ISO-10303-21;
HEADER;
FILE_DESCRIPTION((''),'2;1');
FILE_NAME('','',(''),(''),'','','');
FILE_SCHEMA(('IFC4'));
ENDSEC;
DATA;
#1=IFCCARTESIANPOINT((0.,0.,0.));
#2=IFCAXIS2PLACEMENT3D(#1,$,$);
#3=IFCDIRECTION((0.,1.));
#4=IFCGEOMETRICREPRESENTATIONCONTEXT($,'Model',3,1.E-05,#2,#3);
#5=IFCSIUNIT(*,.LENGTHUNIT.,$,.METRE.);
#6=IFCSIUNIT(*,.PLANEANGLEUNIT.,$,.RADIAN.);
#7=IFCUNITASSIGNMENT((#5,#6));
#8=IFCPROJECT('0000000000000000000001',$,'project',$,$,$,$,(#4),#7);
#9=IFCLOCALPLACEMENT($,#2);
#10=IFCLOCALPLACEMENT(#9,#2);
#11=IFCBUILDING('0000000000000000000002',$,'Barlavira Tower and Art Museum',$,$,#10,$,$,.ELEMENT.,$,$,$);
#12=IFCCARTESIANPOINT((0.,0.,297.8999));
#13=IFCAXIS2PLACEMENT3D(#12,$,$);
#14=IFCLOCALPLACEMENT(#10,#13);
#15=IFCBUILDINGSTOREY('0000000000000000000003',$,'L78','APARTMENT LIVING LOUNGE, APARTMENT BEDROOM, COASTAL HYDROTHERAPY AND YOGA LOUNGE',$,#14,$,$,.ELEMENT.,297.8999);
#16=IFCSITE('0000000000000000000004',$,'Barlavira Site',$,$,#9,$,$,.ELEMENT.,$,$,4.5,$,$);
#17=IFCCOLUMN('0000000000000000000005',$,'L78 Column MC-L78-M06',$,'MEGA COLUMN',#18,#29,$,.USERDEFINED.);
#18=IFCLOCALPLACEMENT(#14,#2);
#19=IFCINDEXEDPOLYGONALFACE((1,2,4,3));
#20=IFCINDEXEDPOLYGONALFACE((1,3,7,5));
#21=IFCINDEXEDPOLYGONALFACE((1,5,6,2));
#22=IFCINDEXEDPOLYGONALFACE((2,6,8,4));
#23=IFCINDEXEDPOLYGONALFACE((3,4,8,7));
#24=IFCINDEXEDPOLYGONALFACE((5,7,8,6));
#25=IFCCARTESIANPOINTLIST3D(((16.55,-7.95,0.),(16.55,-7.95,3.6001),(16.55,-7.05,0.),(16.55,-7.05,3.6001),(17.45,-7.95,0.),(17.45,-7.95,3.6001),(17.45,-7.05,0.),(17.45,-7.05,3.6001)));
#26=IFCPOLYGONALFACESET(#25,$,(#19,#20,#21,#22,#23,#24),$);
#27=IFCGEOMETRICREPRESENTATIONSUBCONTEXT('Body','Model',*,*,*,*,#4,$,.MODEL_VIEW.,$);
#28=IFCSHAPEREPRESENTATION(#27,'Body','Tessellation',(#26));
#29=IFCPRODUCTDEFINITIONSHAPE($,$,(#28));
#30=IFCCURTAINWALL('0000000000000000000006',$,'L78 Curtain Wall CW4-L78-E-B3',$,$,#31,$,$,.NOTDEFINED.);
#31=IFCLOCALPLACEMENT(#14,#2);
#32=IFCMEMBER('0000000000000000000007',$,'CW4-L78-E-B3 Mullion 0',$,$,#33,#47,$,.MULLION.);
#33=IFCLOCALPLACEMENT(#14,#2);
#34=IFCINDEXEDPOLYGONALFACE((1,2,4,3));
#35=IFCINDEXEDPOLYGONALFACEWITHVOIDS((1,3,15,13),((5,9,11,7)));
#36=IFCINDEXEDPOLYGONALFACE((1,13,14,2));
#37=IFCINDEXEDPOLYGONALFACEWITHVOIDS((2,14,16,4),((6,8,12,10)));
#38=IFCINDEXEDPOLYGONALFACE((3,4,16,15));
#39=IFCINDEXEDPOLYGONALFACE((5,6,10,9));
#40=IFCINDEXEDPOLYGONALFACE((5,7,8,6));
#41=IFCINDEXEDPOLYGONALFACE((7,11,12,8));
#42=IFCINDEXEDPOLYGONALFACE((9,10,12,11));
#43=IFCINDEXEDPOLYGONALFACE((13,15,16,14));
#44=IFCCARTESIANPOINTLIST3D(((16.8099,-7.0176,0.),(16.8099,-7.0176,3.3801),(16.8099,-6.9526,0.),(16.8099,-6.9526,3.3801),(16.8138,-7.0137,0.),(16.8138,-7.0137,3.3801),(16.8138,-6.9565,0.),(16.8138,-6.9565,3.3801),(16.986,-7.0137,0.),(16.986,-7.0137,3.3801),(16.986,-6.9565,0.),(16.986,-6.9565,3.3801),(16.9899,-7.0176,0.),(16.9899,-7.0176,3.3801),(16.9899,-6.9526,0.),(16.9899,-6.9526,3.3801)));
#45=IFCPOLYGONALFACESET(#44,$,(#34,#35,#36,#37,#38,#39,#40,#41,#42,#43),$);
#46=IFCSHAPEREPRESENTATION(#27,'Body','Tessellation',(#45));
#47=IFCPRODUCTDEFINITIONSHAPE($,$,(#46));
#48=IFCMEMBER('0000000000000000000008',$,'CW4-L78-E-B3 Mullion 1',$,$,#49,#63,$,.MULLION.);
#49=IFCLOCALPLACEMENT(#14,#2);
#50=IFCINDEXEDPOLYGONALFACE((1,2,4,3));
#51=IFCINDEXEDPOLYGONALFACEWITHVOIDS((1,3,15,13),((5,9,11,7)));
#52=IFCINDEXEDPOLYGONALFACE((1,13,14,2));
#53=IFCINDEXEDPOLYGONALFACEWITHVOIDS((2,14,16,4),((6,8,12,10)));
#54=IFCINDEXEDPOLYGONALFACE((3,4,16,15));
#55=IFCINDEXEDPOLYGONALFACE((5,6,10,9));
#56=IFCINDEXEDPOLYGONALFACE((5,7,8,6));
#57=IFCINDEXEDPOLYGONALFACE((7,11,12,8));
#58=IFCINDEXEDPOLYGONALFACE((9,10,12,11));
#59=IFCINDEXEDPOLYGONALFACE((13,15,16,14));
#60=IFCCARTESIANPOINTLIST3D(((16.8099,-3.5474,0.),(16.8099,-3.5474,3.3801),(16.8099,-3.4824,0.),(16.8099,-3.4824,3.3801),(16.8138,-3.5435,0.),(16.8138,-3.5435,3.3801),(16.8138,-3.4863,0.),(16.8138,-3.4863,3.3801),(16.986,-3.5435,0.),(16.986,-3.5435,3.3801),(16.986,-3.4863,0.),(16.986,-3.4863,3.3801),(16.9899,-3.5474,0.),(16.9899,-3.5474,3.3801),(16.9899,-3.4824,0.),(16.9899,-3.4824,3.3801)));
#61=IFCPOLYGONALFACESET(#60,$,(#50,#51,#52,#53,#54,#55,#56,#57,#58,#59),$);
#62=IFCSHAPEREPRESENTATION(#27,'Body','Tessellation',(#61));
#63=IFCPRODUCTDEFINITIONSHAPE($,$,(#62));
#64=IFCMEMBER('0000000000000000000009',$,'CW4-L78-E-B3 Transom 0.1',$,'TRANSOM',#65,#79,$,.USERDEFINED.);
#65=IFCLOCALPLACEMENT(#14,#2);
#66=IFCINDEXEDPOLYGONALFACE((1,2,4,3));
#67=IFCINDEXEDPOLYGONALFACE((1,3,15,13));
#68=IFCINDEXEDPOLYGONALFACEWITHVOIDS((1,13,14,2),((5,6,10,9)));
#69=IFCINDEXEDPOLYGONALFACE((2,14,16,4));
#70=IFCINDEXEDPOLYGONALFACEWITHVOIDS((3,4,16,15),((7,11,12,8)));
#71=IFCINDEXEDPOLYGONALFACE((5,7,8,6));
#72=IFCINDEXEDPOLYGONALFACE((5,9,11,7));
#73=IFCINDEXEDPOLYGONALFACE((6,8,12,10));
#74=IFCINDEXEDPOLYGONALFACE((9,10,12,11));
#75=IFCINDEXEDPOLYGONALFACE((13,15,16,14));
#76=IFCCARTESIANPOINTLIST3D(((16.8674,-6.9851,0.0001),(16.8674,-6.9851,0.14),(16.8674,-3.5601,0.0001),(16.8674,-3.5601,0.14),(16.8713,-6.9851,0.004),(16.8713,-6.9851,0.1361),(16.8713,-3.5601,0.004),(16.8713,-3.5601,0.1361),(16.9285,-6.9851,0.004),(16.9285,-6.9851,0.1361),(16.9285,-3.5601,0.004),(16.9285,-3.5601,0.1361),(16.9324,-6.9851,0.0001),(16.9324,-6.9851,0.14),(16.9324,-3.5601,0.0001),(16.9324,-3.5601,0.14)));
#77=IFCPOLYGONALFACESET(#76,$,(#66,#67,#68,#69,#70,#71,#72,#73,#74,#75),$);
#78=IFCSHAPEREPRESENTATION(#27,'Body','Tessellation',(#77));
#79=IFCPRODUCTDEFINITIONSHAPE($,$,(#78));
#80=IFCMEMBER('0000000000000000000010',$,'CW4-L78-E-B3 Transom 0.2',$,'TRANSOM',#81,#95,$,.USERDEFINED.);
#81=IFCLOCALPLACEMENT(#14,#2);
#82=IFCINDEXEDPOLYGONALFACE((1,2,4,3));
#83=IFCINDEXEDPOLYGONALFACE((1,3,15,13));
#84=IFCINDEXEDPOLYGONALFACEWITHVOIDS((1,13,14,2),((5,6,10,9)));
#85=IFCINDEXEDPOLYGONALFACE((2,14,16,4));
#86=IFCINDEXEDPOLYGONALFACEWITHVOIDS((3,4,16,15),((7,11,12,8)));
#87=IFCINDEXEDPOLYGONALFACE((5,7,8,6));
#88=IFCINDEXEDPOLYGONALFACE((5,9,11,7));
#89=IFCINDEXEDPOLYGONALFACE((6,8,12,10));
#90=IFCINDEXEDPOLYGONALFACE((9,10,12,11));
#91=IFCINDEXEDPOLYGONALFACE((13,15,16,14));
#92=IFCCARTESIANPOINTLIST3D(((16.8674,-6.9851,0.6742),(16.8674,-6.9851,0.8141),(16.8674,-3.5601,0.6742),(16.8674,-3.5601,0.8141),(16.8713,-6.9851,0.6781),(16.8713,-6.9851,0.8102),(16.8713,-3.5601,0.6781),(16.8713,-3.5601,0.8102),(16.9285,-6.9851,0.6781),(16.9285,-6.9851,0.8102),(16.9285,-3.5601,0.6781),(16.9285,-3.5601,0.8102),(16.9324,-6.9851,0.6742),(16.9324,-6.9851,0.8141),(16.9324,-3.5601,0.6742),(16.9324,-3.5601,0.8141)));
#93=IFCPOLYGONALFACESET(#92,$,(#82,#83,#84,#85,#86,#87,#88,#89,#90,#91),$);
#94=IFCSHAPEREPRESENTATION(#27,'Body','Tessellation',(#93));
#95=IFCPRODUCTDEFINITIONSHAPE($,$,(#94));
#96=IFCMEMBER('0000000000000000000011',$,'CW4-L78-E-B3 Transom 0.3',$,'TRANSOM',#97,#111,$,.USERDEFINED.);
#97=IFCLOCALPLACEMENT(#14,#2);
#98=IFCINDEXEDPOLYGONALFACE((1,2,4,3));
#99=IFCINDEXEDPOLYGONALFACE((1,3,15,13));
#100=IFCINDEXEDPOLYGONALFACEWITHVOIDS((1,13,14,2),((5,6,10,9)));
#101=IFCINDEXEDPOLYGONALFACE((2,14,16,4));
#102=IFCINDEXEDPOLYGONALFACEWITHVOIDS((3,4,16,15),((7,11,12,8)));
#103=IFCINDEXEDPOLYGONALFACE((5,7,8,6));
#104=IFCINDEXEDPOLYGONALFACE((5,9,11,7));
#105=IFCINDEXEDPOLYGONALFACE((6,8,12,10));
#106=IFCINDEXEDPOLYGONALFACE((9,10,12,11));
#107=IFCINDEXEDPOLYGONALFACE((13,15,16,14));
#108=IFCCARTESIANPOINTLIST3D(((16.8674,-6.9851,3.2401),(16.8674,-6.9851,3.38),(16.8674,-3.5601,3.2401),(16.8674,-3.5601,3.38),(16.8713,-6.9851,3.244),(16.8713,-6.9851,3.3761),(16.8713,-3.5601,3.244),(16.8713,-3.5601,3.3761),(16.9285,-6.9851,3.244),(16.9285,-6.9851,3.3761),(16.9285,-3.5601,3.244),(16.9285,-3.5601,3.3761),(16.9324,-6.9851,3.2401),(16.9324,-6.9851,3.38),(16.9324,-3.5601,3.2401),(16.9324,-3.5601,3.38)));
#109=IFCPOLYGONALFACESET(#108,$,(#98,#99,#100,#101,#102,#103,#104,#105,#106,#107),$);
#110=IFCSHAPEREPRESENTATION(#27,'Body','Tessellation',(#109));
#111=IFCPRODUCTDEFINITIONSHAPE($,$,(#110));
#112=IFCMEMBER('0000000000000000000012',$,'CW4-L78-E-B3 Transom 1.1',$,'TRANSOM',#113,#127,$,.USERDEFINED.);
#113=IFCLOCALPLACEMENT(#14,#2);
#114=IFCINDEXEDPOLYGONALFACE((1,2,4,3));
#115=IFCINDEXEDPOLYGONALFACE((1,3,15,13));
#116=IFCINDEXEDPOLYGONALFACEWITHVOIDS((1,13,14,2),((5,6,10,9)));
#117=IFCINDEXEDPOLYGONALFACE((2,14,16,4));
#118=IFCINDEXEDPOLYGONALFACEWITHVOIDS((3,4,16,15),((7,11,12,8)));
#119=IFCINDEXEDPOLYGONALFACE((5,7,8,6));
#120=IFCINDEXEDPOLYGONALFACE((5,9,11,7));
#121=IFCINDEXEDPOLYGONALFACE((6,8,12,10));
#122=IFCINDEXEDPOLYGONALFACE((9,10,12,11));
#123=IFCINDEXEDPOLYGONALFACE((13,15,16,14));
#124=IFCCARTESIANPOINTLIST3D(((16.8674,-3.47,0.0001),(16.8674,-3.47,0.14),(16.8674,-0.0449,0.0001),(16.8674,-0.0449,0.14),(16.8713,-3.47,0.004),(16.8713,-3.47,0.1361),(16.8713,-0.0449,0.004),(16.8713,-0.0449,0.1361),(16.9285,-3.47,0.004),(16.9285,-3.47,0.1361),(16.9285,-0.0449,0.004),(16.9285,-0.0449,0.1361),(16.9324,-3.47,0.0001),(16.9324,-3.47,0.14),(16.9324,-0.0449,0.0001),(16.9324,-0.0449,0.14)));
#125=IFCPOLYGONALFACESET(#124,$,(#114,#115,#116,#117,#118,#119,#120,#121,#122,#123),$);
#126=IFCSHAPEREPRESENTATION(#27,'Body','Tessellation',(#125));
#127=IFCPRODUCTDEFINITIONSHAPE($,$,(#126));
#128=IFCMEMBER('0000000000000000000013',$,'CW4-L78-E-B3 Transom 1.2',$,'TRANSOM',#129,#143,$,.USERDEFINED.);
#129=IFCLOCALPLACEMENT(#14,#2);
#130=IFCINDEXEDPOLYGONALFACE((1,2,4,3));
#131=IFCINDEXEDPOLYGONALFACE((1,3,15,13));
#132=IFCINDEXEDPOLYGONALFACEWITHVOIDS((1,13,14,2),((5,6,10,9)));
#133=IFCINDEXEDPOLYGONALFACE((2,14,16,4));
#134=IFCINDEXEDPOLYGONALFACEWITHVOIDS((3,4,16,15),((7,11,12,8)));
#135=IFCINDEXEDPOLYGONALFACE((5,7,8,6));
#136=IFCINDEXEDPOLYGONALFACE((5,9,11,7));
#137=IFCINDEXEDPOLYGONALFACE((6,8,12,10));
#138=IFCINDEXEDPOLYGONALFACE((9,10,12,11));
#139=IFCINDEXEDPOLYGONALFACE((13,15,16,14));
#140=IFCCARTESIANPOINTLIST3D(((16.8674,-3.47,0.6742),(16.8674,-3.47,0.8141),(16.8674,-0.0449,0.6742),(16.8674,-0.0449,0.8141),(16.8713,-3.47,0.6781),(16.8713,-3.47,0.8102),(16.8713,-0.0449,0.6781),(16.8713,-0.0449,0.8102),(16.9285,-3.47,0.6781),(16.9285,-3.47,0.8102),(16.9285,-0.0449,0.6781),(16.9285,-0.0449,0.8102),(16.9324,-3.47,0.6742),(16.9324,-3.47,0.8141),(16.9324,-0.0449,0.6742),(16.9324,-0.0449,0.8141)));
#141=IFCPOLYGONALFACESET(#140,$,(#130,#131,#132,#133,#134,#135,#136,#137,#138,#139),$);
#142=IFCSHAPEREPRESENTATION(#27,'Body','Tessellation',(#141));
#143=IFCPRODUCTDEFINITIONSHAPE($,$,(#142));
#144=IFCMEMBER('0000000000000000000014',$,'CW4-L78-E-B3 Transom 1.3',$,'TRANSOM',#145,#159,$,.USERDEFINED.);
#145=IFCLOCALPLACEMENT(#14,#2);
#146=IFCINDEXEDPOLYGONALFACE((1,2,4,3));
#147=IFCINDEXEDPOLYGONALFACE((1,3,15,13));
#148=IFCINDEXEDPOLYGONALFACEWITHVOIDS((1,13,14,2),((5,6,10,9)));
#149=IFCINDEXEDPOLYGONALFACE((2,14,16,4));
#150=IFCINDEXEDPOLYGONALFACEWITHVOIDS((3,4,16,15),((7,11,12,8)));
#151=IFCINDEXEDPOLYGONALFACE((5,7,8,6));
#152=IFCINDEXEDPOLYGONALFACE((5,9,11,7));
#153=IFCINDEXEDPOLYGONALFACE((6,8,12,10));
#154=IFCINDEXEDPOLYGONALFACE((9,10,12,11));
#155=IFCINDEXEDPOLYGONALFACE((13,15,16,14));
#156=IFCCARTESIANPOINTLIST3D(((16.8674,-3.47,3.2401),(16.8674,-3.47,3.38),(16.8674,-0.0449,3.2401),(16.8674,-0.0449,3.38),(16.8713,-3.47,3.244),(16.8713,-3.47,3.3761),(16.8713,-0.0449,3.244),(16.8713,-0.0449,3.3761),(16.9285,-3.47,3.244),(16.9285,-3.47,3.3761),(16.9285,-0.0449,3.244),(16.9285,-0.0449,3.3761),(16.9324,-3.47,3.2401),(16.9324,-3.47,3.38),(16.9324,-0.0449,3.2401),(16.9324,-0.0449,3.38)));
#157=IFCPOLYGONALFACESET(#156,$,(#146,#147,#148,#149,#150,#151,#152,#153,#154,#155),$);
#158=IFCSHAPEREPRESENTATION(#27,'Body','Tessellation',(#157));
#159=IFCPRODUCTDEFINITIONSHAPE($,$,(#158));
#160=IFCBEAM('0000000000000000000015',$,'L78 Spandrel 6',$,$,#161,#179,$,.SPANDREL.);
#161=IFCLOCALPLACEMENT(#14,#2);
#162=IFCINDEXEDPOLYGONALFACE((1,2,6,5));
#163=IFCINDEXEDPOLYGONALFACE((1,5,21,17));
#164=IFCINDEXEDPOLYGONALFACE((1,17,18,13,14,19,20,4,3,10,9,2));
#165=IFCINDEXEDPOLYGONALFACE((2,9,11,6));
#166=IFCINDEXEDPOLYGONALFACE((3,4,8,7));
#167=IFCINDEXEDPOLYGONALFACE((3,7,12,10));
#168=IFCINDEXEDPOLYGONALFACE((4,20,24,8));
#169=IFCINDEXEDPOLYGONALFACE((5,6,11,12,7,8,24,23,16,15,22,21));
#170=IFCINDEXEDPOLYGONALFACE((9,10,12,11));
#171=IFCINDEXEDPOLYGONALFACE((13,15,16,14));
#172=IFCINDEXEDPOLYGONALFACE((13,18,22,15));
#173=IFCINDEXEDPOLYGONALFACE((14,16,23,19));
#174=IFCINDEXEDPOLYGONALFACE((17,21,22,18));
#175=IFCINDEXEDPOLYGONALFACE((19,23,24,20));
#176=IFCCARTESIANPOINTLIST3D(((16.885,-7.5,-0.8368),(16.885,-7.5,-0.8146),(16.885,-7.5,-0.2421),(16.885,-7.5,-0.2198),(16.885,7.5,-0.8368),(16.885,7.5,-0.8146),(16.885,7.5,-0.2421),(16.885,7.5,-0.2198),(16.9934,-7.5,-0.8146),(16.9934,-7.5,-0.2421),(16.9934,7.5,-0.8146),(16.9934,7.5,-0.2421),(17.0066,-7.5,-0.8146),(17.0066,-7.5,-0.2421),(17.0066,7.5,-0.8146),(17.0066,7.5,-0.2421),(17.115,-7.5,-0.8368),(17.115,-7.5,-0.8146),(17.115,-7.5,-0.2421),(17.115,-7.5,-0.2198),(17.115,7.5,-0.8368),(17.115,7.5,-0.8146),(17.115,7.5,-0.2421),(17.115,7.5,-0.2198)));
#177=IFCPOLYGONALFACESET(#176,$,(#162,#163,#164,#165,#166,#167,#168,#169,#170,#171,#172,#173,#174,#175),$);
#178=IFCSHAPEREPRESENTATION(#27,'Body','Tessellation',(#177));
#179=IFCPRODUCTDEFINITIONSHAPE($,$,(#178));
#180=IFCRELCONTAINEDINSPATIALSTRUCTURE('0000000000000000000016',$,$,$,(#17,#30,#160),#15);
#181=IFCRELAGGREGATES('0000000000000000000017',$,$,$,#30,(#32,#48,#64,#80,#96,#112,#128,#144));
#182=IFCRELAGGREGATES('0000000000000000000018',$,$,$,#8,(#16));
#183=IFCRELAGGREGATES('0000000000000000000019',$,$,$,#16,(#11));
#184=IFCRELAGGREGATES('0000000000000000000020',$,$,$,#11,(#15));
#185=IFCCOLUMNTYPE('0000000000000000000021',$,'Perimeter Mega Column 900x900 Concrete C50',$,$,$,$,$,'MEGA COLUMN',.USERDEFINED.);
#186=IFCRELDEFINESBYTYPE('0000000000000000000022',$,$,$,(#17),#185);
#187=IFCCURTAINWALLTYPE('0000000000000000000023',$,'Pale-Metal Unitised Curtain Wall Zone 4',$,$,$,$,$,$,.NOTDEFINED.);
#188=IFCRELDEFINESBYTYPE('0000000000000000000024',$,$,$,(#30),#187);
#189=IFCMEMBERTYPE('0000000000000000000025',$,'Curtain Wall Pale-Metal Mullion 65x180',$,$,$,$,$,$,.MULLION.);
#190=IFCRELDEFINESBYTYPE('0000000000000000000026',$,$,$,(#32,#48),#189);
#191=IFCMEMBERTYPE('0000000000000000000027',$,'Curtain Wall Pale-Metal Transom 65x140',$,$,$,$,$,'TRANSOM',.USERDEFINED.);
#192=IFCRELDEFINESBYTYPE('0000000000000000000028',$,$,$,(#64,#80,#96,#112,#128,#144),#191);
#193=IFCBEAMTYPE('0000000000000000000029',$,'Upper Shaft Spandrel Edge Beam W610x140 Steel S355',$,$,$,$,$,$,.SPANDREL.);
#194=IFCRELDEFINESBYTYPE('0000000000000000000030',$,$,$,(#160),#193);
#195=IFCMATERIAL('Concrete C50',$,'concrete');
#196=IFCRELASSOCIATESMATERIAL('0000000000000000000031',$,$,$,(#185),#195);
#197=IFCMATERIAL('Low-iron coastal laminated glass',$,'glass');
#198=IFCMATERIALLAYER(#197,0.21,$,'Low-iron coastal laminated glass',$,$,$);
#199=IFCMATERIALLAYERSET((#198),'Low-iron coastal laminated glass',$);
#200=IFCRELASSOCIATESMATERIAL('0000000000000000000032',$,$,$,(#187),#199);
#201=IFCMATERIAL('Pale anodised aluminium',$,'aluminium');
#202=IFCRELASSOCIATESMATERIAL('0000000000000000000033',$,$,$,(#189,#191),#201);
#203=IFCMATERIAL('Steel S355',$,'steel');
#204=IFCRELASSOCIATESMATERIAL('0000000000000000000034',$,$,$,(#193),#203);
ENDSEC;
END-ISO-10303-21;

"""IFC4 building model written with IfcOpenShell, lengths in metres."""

from ifc_helpers import new_model, si_unit, direction, frame, origin, origin_2d, place, context, subcontext, project, spatial, rectangle, hollow_rectangle, i_section, extrude, material, layer, layer_set, material_profile, profile_set, type_object, element, aggregate, save


model = new_model("IFC4")

# Units and contexts
model_context = context("Model", 3, precision=1e-05, world=origin(), true_north=direction((0.0, 1.0)))
body_context = subcontext(model_context, "Body", "Model", "MODEL_VIEW")
ifc_project = project(units=[si_unit("LENGTHUNIT", "METRE"), si_unit("PLANEANGLEUNIT", "RADIAN")], contexts=[model_context])

# Site, building, storey
site_placement = place(None, origin())
site = spatial("IfcSite", under=ifc_project, at=site_placement, Name="Barlavira Site", CompositionType="ELEMENT", RefElevation=4.5)
building_placement = place(site_placement, origin())
building = spatial("IfcBuilding", under=site, at=building_placement, Name="Barlavira Tower and Art Museum", CompositionType="ELEMENT")
storey_placement = place(building_placement, frame((0.0, 0.0, 297.8999)))
storey = spatial("IfcBuildingStorey", under=building, at=storey_placement, Name="L78", Description="APARTMENT LIVING LOUNGE, APARTMENT BEDROOM, COASTAL HYDROTHERAPY AND YOGA LOUNGE", CompositionType="ELEMENT", Elevation=297.8999)

# Column
ifc_material_1 = material(Name="Concrete C50", Category="concrete")
ifc_material_profile_1 = material_profile(ifc_material_1, rectangle(XDim=0.8999, YDim=0.8999, at=origin_2d()), Name="RC-COL 900x900")
ifc_profile_set_1 = profile_set([ifc_material_profile_1], Name="Concrete C50")
column_type = type_object("IfcColumnType", Name="Perimeter Mega Column 900x900 Concrete C50", ElementType="MEGA COLUMN", PredefinedType="USERDEFINED", material=ifc_profile_set_1)
column_placement = place(storey_placement, frame((17.0, -7.5, 0.0), z_axis=(0.0, 0.0, 1.0), x_axis=(1.0, 0.0, 0.0)))
element("IfcColumn", 1, at=column_placement, inside=storey, type_object=column_type, Name="L78 Column MC-L78-M06", ObjectType="MEGA COLUMN", PredefinedType="USERDEFINED", context=body_context, shape_type="SweptSolid", body=[
    extrude(rectangle(XDim=0.8999, YDim=0.8999, at=origin_2d()), origin(), (0.0, 0.0, 1.0), 3.6001),
])

# Curtain wall, members
ifc_material_2 = material(Name="Low-iron coastal laminated glass", Category="glass")
ifc_layer_1 = layer(ifc_material_2, 0.21, Name="Low-iron coastal laminated glass")
ifc_layer_set_1 = layer_set([ifc_layer_1], Name="Low-iron coastal laminated glass")
curtain_wall_type = type_object("IfcCurtainWallType", Name="Pale-Metal Unitised Curtain Wall Zone 4", PredefinedType="NOTDEFINED", material=ifc_layer_set_1)
curtain_wall_placement = place(storey_placement, origin())
curtain_wall = element("IfcCurtainWall", 2, at=curtain_wall_placement, inside=storey, type_object=curtain_wall_type, Name="L78 Curtain Wall CW4-L78-E-B3", PredefinedType="NOTDEFINED")
ifc_material_3 = material(Name="Pale anodised aluminium", Category="aluminium")
ifc_material_profile_2 = material_profile(ifc_material_3, hollow_rectangle(XDim=0.0649, YDim=0.1799, WallThickness=0.0039, at=origin_2d()), Name="ALU-MULL 65x180x4")
ifc_profile_set_2 = profile_set([ifc_material_profile_2], Name="Pale anodised aluminium")
member_type_1 = type_object("IfcMemberType", Name="Curtain Wall Pale-Metal Mullion 65x180", PredefinedType="MULLION", material=ifc_profile_set_2)
member_1_placement = place(storey_placement, frame((16.8999, -6.9851, 0.0), z_axis=(0.0, 0.0, 1.0), x_axis=(0.0, 1.0, 0.0)))
member_1 = element("IfcMember", 3, at=member_1_placement, type_object=member_type_1, Name="CW4-L78-E-B3 Mullion 0", PredefinedType="MULLION", context=body_context, shape_type="SweptSolid", body=[
    extrude(hollow_rectangle(XDim=0.0649, YDim=0.1799, WallThickness=0.0039, at=origin_2d()), origin(), (0.0, 0.0, 1.0), 3.3801),
])
member_2_placement = place(storey_placement, frame((16.8999, -3.5149, 0.0), z_axis=(0.0, 0.0, 1.0), x_axis=(0.0, 1.0, 0.0)))
member_2 = element("IfcMember", 4, at=member_2_placement, type_object=member_type_1, Name="CW4-L78-E-B3 Mullion 1", PredefinedType="MULLION", context=body_context, shape_type="SweptSolid", body=[
    extrude(hollow_rectangle(XDim=0.0649, YDim=0.1799, WallThickness=0.0039, at=origin_2d()), origin(), (0.0, 0.0, 1.0), 3.3801),
])
ifc_material_profile_3 = material_profile(ifc_material_3, hollow_rectangle(XDim=0.0649, YDim=0.1399, WallThickness=0.0039, at=origin_2d()), Name="ALU-TRAN 65x140x4")
ifc_profile_set_3 = profile_set([ifc_material_profile_3], Name="Pale anodised aluminium")
member_type_2 = type_object("IfcMemberType", Name="Curtain Wall Pale-Metal Transom 65x140", ElementType="TRANSOM", PredefinedType="USERDEFINED", material=ifc_profile_set_3)
member_3_placement = place(storey_placement, frame((16.8999, -6.9851, 0.0701), z_axis=(0.0, 1.0, 0.0), x_axis=(-1.0, 0.0, 0.0)))
member_3 = element("IfcMember", 5, at=member_3_placement, type_object=member_type_2, Name="CW4-L78-E-B3 Transom 0.1", ObjectType="TRANSOM", PredefinedType="USERDEFINED", context=body_context, shape_type="SweptSolid", body=[
    extrude(hollow_rectangle(XDim=0.0649, YDim=0.1399, WallThickness=0.0039, at=origin_2d()), origin(), (0.0, 0.0, 1.0), 3.425),
])
member_4_placement = place(storey_placement, frame((16.8999, -6.9851, 0.7441), z_axis=(0.0, 1.0, 0.0), x_axis=(-1.0, 0.0, 0.0)))
member_4 = element("IfcMember", 6, at=member_4_placement, type_object=member_type_2, Name="CW4-L78-E-B3 Transom 0.2", ObjectType="TRANSOM", PredefinedType="USERDEFINED", context=body_context, shape_type="SweptSolid", body=[
    extrude(hollow_rectangle(XDim=0.0649, YDim=0.1399, WallThickness=0.0039, at=origin_2d()), origin(), (0.0, 0.0, 1.0), 3.425),
])
member_5_placement = place(storey_placement, frame((16.8999, -6.9851, 3.3101), z_axis=(0.0, 1.0, 0.0), x_axis=(-1.0, 0.0, 0.0)))
member_5 = element("IfcMember", 7, at=member_5_placement, type_object=member_type_2, Name="CW4-L78-E-B3 Transom 0.3", ObjectType="TRANSOM", PredefinedType="USERDEFINED", context=body_context, shape_type="SweptSolid", body=[
    extrude(hollow_rectangle(XDim=0.0649, YDim=0.1399, WallThickness=0.0039, at=origin_2d()), origin(), (0.0, 0.0, 1.0), 3.425),
])
member_6_placement = place(storey_placement, frame((16.8999, -3.47, 0.0701), z_axis=(0.0, 1.0, 0.0), x_axis=(-1.0, 0.0, 0.0)))
member_6 = element("IfcMember", 8, at=member_6_placement, type_object=member_type_2, Name="CW4-L78-E-B3 Transom 1.1", ObjectType="TRANSOM", PredefinedType="USERDEFINED", context=body_context, shape_type="SweptSolid", body=[
    extrude(hollow_rectangle(XDim=0.0649, YDim=0.1399, WallThickness=0.0039, at=origin_2d()), origin(), (0.0, 0.0, 1.0), 3.425),
])
member_7_placement = place(storey_placement, frame((16.8999, -3.47, 0.7441), z_axis=(0.0, 1.0, 0.0), x_axis=(-1.0, 0.0, 0.0)))
member_7 = element("IfcMember", 9, at=member_7_placement, type_object=member_type_2, Name="CW4-L78-E-B3 Transom 1.2", ObjectType="TRANSOM", PredefinedType="USERDEFINED", context=body_context, shape_type="SweptSolid", body=[
    extrude(hollow_rectangle(XDim=0.0649, YDim=0.1399, WallThickness=0.0039, at=origin_2d()), origin(), (0.0, 0.0, 1.0), 3.425),
])
member_8_placement = place(storey_placement, frame((16.8999, -3.47, 3.3101), z_axis=(0.0, 1.0, 0.0), x_axis=(-1.0, 0.0, 0.0)))
member_8 = element("IfcMember", 10, at=member_8_placement, type_object=member_type_2, Name="CW4-L78-E-B3 Transom 1.3", ObjectType="TRANSOM", PredefinedType="USERDEFINED", context=body_context, shape_type="SweptSolid", body=[
    extrude(hollow_rectangle(XDim=0.0649, YDim=0.1399, WallThickness=0.0039, at=origin_2d()), origin(), (0.0, 0.0, 1.0), 3.425),
])

# Beam
ifc_material_4 = material(Name="Steel S355", Category="steel")
ifc_material_profile_4 = material_profile(ifc_material_4, i_section(OverallWidth=0.23, OverallDepth=0.6169, WebThickness=0.0132, FlangeThickness=0.0222, at=origin_2d()), Name="W610x140.0")
ifc_profile_set_4 = profile_set([ifc_material_profile_4], Name="Steel S355")
beam_type_1 = type_object("IfcBeamType", Name="Upper Shaft Spandrel Edge Beam W610x140 Steel S355", PredefinedType="SPANDREL", material=ifc_profile_set_4)
beam_1_placement = place(storey_placement, frame((17.0, -7.5, -0.5283), z_axis=(0.0, 1.0, 0.0), x_axis=(-1.0, 0.0, 0.0)))
element("IfcBeam", 11, at=beam_1_placement, inside=storey, type_object=beam_type_1, Name="L78 Spandrel 6", PredefinedType="SPANDREL", context=body_context, shape_type="SweptSolid", body=[
    extrude(i_section(OverallWidth=0.23, OverallDepth=0.6169, WebThickness=0.0132, FlangeThickness=0.0222, at=origin_2d()), origin(), (0.0, 0.0, 1.0), 15.0),
])

aggregate(curtain_wall, [member_1, member_2, member_3, member_4, member_5, member_6, member_7, member_8])

save(model, "model.ifc")
